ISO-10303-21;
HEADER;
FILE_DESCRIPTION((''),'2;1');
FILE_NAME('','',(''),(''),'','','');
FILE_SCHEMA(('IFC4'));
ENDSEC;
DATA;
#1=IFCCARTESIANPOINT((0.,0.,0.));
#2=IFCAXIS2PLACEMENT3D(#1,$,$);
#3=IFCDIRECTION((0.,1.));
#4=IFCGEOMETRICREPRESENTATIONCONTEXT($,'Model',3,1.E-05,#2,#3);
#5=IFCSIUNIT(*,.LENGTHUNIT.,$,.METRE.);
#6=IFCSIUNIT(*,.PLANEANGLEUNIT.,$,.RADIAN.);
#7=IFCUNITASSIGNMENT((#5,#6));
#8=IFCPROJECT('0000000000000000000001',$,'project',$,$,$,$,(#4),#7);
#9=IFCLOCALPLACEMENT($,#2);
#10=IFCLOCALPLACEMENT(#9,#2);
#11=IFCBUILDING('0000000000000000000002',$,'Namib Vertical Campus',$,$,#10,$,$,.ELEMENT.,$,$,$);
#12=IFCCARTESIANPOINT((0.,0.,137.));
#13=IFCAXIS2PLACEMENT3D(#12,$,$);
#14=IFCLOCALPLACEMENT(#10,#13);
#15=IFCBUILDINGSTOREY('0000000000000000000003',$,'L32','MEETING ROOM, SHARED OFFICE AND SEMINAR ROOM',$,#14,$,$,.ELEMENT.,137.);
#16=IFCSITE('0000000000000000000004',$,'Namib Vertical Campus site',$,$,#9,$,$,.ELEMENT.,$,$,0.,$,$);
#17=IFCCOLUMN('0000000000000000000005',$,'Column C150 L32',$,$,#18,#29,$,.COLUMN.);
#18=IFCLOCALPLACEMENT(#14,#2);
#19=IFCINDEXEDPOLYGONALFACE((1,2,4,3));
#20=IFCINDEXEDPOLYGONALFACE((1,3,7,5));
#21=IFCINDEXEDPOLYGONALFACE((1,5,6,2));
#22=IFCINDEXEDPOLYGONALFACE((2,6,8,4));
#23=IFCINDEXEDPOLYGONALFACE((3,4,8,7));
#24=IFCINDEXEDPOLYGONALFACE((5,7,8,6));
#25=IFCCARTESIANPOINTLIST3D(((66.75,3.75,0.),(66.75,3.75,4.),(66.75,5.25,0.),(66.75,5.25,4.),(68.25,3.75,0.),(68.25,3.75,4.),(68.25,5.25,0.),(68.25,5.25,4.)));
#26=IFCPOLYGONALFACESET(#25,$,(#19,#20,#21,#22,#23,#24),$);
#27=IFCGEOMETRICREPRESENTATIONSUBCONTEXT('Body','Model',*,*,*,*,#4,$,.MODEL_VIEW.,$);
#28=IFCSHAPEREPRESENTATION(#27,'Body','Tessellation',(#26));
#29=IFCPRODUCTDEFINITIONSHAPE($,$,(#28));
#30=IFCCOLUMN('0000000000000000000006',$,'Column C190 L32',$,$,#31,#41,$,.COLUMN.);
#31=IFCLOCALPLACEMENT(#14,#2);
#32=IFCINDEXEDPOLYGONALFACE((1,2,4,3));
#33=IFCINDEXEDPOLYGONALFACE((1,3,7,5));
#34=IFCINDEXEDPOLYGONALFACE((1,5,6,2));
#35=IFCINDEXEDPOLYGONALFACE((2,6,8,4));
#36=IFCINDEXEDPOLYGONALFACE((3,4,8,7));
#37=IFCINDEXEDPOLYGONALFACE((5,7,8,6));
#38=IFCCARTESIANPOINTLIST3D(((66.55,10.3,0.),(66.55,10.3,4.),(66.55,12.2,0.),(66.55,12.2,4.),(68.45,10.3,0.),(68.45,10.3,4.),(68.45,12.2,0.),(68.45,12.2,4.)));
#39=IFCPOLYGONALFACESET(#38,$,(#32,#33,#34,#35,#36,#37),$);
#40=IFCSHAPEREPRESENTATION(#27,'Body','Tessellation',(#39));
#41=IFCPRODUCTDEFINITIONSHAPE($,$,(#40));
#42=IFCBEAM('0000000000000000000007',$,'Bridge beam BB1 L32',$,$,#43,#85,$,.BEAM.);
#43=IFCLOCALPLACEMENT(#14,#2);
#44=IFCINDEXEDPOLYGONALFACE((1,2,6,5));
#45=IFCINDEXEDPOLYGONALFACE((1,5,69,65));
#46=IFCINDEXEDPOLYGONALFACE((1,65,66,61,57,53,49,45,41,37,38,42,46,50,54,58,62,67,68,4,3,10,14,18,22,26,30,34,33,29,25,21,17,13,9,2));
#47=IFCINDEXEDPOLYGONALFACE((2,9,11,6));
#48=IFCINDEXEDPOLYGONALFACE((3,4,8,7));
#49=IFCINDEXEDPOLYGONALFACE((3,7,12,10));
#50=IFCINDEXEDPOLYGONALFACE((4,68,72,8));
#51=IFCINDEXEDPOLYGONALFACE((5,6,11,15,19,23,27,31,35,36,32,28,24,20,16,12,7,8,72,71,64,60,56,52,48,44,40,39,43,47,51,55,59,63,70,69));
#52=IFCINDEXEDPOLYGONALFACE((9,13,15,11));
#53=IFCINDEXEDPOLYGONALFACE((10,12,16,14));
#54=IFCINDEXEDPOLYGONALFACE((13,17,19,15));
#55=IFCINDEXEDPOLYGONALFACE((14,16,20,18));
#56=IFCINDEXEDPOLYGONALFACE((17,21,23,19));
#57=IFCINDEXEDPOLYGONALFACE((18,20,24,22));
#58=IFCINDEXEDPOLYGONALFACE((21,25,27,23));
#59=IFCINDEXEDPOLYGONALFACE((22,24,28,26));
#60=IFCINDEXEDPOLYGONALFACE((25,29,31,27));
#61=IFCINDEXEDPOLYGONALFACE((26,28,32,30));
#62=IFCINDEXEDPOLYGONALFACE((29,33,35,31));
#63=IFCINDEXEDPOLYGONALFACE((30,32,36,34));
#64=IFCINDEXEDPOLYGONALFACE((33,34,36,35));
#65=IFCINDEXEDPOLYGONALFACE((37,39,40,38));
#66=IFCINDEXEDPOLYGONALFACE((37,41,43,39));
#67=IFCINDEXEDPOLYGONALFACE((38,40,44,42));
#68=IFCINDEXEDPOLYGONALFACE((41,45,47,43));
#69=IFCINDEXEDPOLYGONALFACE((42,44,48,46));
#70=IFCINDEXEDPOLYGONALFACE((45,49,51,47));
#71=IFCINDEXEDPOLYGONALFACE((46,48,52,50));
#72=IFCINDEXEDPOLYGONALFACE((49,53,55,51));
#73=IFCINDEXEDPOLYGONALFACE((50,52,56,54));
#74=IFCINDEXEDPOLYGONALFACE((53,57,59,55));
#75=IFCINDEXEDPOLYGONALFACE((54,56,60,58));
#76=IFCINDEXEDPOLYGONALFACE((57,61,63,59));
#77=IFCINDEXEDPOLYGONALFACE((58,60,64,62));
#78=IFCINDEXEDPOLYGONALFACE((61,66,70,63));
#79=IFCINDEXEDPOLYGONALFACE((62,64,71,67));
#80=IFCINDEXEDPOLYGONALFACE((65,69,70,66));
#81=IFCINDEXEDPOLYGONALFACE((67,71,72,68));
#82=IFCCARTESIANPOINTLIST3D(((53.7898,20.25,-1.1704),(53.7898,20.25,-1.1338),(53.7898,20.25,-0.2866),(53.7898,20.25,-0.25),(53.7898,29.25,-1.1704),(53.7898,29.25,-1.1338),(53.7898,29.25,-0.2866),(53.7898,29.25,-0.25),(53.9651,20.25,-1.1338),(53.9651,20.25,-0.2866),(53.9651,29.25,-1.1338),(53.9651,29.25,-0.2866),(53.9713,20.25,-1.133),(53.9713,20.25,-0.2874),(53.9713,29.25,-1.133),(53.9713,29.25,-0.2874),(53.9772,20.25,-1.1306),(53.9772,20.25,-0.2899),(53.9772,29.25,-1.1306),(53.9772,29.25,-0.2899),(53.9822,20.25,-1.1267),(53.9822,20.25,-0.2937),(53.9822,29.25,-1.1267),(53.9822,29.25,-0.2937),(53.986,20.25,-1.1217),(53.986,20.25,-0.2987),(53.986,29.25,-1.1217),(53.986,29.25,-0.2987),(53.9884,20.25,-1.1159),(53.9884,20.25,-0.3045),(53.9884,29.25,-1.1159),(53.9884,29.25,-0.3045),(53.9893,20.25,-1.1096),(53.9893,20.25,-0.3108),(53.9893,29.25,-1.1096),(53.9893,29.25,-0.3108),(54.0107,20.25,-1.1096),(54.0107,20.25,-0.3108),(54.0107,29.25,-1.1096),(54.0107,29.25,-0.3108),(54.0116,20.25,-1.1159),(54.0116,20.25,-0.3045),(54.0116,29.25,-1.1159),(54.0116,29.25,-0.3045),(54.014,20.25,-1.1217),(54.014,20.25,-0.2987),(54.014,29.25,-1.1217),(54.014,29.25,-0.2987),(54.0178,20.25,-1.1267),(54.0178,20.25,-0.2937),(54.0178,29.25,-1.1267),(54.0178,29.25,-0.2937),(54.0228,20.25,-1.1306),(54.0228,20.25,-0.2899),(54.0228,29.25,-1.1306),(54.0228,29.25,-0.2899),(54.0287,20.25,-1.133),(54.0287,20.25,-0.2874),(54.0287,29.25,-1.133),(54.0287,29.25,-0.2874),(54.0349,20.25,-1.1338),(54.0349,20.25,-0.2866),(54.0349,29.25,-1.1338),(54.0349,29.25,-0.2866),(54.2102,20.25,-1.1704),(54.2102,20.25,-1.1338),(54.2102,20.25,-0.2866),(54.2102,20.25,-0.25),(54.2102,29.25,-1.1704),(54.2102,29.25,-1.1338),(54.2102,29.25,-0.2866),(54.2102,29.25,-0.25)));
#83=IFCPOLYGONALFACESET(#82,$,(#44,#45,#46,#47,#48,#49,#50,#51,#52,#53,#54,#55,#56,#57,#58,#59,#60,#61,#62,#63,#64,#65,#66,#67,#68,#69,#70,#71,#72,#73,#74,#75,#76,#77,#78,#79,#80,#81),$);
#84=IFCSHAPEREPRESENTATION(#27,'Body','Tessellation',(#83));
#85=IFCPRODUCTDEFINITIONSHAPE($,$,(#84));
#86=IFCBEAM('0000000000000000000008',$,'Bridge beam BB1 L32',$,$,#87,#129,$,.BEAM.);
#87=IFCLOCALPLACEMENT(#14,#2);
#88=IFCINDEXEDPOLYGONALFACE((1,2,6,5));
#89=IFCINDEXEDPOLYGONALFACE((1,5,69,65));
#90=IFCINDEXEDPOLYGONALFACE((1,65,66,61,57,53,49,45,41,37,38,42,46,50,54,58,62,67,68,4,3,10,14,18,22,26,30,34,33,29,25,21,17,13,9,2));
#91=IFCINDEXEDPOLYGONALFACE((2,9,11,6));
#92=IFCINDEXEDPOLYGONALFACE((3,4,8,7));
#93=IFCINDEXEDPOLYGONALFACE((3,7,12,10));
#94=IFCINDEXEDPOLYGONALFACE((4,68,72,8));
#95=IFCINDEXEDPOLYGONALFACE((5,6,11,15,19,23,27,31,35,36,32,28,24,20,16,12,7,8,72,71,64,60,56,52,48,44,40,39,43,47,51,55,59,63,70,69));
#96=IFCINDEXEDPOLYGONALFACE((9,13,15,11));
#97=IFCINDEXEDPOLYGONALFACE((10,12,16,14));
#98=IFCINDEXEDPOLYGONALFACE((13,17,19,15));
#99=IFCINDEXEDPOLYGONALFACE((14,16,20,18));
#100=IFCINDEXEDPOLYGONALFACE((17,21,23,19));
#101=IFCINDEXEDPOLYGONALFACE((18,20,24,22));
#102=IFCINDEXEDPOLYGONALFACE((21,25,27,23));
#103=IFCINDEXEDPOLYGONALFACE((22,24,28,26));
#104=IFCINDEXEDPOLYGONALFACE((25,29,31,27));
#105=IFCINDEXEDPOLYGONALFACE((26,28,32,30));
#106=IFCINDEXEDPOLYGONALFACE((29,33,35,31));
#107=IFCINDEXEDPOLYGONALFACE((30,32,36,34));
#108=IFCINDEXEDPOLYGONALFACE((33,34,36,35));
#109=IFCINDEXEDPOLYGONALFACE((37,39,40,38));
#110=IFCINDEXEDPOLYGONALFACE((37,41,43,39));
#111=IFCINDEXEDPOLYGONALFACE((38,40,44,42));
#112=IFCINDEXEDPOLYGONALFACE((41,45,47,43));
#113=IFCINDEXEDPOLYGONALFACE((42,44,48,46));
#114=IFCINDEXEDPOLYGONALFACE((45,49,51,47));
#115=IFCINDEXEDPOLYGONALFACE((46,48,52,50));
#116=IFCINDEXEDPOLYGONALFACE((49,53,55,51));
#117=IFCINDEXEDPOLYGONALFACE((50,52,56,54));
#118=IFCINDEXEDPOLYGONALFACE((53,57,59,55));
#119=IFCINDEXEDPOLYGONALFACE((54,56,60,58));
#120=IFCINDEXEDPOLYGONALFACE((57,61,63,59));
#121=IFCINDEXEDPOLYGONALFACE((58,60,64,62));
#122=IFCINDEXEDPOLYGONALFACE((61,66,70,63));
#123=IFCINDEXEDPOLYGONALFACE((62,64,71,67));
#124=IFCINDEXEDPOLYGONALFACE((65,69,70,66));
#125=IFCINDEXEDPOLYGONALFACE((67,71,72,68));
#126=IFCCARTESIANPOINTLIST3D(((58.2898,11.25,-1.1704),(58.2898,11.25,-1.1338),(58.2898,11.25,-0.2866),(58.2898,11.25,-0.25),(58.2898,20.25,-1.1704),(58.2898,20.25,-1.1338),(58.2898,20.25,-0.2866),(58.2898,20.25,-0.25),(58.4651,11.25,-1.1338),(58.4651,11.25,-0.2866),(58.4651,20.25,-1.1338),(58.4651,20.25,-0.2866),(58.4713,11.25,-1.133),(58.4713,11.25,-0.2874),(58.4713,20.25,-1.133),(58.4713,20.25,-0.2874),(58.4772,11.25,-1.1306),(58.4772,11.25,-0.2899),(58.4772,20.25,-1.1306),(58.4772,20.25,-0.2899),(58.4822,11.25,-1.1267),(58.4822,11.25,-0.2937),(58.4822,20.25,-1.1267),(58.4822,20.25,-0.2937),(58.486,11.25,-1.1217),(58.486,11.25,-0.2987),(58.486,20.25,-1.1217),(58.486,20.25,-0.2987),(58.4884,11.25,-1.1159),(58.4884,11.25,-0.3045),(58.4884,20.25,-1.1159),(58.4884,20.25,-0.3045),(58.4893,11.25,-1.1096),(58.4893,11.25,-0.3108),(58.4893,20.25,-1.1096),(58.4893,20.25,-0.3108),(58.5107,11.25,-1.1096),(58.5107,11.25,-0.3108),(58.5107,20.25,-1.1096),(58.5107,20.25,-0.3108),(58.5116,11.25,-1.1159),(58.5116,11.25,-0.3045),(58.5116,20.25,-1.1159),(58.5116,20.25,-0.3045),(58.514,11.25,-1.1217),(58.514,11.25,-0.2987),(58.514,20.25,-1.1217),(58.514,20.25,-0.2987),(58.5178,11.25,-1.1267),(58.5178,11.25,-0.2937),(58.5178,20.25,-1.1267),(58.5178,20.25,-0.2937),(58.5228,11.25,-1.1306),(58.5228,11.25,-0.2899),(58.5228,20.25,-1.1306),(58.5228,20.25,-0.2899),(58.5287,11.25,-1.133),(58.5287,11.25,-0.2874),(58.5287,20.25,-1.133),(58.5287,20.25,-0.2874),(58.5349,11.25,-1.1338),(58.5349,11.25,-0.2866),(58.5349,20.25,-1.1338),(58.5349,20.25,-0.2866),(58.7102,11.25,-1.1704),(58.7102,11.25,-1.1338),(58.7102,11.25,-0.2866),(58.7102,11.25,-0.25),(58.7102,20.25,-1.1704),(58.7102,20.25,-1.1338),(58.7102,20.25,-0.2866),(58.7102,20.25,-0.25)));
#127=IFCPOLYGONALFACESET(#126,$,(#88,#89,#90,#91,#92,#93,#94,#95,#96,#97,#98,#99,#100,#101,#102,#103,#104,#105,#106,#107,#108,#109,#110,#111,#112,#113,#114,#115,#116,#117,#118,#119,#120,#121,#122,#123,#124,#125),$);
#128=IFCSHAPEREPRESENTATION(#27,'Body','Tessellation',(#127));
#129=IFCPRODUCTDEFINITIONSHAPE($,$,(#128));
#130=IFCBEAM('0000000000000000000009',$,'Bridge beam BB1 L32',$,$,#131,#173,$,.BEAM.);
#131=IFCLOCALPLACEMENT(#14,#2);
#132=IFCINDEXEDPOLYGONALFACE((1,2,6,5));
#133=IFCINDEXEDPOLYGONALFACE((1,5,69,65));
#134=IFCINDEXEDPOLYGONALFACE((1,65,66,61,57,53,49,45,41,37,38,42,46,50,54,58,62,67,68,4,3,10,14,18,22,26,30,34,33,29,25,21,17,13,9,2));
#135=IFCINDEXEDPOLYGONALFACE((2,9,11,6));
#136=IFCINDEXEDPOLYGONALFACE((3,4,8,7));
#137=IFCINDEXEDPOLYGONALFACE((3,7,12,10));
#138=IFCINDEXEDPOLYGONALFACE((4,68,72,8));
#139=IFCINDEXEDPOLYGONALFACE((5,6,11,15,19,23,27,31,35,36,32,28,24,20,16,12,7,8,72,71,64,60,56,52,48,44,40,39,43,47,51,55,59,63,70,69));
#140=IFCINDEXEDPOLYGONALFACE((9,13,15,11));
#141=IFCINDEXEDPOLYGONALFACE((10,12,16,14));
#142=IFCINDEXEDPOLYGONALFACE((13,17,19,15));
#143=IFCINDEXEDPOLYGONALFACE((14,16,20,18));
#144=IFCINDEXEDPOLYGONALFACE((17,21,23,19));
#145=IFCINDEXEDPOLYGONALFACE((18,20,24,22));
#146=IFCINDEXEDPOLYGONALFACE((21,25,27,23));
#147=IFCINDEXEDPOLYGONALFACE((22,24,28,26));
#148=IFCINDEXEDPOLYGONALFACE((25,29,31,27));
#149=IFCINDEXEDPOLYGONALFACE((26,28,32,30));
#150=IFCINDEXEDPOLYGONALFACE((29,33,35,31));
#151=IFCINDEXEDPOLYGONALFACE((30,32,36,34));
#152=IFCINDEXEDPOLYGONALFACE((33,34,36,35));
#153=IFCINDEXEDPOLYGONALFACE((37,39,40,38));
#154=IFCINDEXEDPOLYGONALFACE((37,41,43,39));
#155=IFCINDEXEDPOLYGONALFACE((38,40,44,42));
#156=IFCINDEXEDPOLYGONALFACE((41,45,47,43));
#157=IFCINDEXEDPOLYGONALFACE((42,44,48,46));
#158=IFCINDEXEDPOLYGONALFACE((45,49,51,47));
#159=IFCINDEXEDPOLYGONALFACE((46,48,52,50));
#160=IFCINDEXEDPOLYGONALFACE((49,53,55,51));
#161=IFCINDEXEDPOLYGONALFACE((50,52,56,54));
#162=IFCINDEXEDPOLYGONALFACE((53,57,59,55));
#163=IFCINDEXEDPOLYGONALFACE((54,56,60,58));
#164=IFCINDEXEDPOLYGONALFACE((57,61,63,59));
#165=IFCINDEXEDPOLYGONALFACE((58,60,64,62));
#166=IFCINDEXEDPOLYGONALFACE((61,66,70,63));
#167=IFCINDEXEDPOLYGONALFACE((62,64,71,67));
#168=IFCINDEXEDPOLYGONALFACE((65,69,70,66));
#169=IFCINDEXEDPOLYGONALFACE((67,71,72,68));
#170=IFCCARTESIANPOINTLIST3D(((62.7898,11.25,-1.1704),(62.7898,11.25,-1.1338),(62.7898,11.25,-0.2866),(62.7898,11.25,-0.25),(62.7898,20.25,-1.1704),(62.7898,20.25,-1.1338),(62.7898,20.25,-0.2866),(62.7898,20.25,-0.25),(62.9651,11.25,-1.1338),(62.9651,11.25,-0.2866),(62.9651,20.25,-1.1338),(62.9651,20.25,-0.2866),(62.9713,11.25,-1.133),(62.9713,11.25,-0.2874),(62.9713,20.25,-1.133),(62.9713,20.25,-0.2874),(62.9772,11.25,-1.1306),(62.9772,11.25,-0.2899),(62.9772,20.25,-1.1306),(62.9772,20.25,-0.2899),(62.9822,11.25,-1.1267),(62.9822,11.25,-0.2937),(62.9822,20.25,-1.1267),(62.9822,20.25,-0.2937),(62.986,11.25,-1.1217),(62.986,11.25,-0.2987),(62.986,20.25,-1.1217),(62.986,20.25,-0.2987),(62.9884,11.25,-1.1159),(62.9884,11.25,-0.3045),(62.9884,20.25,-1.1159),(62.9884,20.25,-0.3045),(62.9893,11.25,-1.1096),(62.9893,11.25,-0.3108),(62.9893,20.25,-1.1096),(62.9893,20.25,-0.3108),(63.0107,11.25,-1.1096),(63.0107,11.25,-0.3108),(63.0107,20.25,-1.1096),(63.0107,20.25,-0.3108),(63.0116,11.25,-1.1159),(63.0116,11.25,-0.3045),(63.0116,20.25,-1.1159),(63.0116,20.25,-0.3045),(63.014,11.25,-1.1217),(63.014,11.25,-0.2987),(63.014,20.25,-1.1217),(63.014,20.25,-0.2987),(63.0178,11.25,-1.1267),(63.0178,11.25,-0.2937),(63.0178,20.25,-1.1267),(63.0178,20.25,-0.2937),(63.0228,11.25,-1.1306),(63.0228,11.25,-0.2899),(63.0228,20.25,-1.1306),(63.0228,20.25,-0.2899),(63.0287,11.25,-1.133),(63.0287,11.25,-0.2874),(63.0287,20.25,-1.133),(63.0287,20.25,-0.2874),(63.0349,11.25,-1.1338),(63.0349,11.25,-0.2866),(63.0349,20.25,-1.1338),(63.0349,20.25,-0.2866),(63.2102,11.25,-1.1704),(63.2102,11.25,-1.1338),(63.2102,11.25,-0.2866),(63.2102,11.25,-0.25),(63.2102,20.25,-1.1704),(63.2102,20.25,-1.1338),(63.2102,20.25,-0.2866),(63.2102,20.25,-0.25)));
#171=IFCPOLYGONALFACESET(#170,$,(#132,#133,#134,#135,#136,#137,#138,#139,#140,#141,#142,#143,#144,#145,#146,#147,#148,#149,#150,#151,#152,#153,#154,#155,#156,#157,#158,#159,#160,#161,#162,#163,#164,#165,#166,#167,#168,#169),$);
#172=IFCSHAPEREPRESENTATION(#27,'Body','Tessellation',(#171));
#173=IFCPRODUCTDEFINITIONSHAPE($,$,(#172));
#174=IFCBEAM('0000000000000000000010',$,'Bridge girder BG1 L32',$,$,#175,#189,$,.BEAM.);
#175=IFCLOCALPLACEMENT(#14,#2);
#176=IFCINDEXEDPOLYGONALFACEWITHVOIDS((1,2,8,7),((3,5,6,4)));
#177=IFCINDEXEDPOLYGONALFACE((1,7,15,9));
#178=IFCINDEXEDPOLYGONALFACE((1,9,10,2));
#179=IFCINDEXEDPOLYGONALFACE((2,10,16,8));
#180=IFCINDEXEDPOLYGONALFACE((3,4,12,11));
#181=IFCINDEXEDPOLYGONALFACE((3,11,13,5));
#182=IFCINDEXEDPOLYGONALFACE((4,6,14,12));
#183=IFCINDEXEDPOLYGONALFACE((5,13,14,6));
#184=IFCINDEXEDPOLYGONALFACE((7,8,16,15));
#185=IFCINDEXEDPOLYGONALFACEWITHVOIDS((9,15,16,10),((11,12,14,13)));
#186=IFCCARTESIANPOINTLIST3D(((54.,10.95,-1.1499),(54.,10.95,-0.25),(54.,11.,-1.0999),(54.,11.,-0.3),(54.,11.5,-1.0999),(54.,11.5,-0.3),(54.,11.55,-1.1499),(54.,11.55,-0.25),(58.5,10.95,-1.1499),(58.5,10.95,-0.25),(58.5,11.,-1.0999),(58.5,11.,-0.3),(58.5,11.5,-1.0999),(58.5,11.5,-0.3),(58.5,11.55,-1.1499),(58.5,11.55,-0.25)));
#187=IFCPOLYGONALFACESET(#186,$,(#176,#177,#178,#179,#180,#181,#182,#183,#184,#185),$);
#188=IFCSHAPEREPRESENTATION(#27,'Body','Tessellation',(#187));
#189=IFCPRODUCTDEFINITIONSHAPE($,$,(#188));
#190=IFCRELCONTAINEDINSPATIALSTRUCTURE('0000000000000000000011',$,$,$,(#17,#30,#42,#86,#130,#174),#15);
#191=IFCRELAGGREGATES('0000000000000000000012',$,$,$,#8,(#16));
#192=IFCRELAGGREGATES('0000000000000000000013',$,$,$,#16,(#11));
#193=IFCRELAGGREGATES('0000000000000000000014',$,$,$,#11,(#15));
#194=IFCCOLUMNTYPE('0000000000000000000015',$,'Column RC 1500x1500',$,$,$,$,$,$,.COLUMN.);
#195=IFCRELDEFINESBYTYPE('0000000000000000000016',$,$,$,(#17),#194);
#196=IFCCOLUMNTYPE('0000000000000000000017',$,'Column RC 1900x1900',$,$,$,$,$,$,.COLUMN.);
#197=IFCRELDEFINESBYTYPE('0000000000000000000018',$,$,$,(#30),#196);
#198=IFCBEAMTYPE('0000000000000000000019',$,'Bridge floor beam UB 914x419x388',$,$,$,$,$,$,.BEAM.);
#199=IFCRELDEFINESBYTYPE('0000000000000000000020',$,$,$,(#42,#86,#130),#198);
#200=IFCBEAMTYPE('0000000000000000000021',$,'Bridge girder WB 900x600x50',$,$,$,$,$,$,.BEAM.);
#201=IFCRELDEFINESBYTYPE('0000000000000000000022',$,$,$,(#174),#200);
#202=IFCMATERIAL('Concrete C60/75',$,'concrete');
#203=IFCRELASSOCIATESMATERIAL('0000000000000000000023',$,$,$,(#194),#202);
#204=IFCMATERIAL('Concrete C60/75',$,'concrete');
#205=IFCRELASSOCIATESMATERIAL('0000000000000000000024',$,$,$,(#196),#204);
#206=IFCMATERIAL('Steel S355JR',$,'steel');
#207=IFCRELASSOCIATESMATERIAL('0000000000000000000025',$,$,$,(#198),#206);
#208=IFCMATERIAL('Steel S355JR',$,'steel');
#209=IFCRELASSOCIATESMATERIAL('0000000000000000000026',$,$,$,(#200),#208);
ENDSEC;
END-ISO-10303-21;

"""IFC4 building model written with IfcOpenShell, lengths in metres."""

from ifc_helpers import new_model, si_unit, direction, frame, origin, origin_2d, place, context, subcontext, project, spatial, rectangle, hollow_rectangle, i_section, extrude, material, material_profile, profile_set, type_object, element, save


model = new_model("IFC4")

# Units and contexts
model_context = context("Model", 3, precision=1e-05, world=origin(), true_north=direction((0.0, 1.0)))
body_context = subcontext(model_context, "Body", "Model", "MODEL_VIEW")
ifc_project = project(units=[si_unit("LENGTHUNIT", "METRE"), si_unit("PLANEANGLEUNIT", "RADIAN")], contexts=[model_context])

# Site, building, storey
site_placement = place(None, origin())
site = spatial("IfcSite", under=ifc_project, at=site_placement, Name="Namib Vertical Campus site", CompositionType="ELEMENT", RefElevation=0.0)
building_placement = place(site_placement, origin())
building = spatial("IfcBuilding", under=site, at=building_placement, Name="Namib Vertical Campus", CompositionType="ELEMENT")
storey_placement = place(building_placement, frame((0.0, 0.0, 137.0)))
storey = spatial("IfcBuildingStorey", under=building, at=storey_placement, Name="L32", Description="MEETING ROOM, SHARED OFFICE AND SEMINAR ROOM", CompositionType="ELEMENT", Elevation=137.0)

# Columns
ifc_material_1 = material(Name="Concrete C60/75", Category="concrete")
ifc_material_profile_1 = material_profile(ifc_material_1, rectangle(XDim=1.5, YDim=1.5, at=origin_2d()))
ifc_profile_set_1 = profile_set([ifc_material_profile_1], Name="Concrete C60/75")
column_type_1 = type_object("IfcColumnType", Name="Column RC 1500x1500", PredefinedType="COLUMN", material=ifc_profile_set_1)
column_1_placement = place(storey_placement, frame((67.5, 4.5, 0.0), z_axis=(0.0, 0.0, 1.0), x_axis=(1.0, 0.0, 0.0)))
element("IfcColumn", 1, at=column_1_placement, inside=storey, type_object=column_type_1, Name="Column C150 L32", PredefinedType="COLUMN", context=body_context, shape_type="SweptSolid", body=[
    extrude(rectangle(XDim=1.5, YDim=1.5, at=origin_2d()), origin(), (0.0, 0.0, 1.0), 4.0),
])
ifc_material_2 = material(Name="Concrete C60/75", Category="concrete")
ifc_material_profile_2 = material_profile(ifc_material_2, rectangle(XDim=1.8999, YDim=1.8999, at=origin_2d()))
ifc_profile_set_2 = profile_set([ifc_material_profile_2], Name="Concrete C60/75")
column_type_2 = type_object("IfcColumnType", Name="Column RC 1900x1900", PredefinedType="COLUMN", material=ifc_profile_set_2)
column_2_placement = place(storey_placement, frame((67.5, 11.25, 0.0), z_axis=(0.0, 0.0, 1.0), x_axis=(1.0, 0.0, 0.0)))
element("IfcColumn", 2, at=column_2_placement, inside=storey, type_object=column_type_2, Name="Column C190 L32", PredefinedType="COLUMN", context=body_context, shape_type="SweptSolid", body=[
    extrude(rectangle(XDim=1.8999, YDim=1.8999, at=origin_2d()), origin(), (0.0, 0.0, 1.0), 4.0),
])

# Beams
ifc_material_3 = material(Name="Steel S355JR", Category="steel")
ifc_material_profile_3 = material_profile(ifc_material_3, i_section(OverallWidth=0.4204, OverallDepth=0.9204, WebThickness=0.0215, FlangeThickness=0.0366, FilletRadius=0.0242, at=origin_2d()))
ifc_profile_set_3 = profile_set([ifc_material_profile_3], Name="Steel S355JR")
beam_type_1 = type_object("IfcBeamType", Name="Bridge floor beam UB 914x419x388", PredefinedType="BEAM", material=ifc_profile_set_3)
for number, where, z_axis, x_axis, name in (
    (3, (54.0, 20.25, -0.7102), (0.0, 1.0, 0.0), (-1.0, 0.0, 0.0), "Bridge beam BB1 L32"),
    (4, (58.5, 11.25, -0.7102), (0.0, 1.0, 0.0), (-1.0, 0.0, 0.0), "Bridge beam BB1 L32"),
    (5, (63.0, 11.25, -0.7102), (0.0, 1.0, 0.0), (-1.0, 0.0, 0.0), "Bridge beam BB1 L32"),
):
    element("IfcBeam", number, at=place(storey_placement, frame(where, z_axis=z_axis, x_axis=x_axis)), inside=storey, type_object=beam_type_1, Name=name, PredefinedType="BEAM", context=body_context, shape_type="SweptSolid", body=[
        extrude(i_section(OverallWidth=0.4204, OverallDepth=0.9204, WebThickness=0.0215, FlangeThickness=0.0366, FilletRadius=0.0242, at=origin_2d()), origin(), (0.0, 0.0, 1.0), 9.0),
    ])
ifc_material_4 = material(Name="Steel S355JR", Category="steel")
ifc_material_profile_4 = material_profile(ifc_material_4, hollow_rectangle(XDim=0.6001, YDim=0.8999, WallThickness=0.05, at=origin_2d()))
ifc_profile_set_4 = profile_set([ifc_material_profile_4], Name="Steel S355JR")
beam_type_2 = type_object("IfcBeamType", Name="Bridge girder WB 900x600x50", PredefinedType="BEAM", material=ifc_profile_set_4)
for number, where, z_axis, x_axis, name in (
    (6, (54.0, 11.25, -0.7), (1.0, 0.0, 0.0), (0.0, 1.0, 0.0), "Bridge girder BG1 L32"),
):
    element("IfcBeam", number, at=place(storey_placement, frame(where, z_axis=z_axis, x_axis=x_axis)), inside=storey, type_object=beam_type_2, Name=name, PredefinedType="BEAM", context=body_context, shape_type="SweptSolid", body=[
        extrude(hollow_rectangle(XDim=0.6001, YDim=0.8999, WallThickness=0.05, at=origin_2d()), origin(), (0.0, 0.0, 1.0), 4.5),
    ])

save(model, "model.ifc")
